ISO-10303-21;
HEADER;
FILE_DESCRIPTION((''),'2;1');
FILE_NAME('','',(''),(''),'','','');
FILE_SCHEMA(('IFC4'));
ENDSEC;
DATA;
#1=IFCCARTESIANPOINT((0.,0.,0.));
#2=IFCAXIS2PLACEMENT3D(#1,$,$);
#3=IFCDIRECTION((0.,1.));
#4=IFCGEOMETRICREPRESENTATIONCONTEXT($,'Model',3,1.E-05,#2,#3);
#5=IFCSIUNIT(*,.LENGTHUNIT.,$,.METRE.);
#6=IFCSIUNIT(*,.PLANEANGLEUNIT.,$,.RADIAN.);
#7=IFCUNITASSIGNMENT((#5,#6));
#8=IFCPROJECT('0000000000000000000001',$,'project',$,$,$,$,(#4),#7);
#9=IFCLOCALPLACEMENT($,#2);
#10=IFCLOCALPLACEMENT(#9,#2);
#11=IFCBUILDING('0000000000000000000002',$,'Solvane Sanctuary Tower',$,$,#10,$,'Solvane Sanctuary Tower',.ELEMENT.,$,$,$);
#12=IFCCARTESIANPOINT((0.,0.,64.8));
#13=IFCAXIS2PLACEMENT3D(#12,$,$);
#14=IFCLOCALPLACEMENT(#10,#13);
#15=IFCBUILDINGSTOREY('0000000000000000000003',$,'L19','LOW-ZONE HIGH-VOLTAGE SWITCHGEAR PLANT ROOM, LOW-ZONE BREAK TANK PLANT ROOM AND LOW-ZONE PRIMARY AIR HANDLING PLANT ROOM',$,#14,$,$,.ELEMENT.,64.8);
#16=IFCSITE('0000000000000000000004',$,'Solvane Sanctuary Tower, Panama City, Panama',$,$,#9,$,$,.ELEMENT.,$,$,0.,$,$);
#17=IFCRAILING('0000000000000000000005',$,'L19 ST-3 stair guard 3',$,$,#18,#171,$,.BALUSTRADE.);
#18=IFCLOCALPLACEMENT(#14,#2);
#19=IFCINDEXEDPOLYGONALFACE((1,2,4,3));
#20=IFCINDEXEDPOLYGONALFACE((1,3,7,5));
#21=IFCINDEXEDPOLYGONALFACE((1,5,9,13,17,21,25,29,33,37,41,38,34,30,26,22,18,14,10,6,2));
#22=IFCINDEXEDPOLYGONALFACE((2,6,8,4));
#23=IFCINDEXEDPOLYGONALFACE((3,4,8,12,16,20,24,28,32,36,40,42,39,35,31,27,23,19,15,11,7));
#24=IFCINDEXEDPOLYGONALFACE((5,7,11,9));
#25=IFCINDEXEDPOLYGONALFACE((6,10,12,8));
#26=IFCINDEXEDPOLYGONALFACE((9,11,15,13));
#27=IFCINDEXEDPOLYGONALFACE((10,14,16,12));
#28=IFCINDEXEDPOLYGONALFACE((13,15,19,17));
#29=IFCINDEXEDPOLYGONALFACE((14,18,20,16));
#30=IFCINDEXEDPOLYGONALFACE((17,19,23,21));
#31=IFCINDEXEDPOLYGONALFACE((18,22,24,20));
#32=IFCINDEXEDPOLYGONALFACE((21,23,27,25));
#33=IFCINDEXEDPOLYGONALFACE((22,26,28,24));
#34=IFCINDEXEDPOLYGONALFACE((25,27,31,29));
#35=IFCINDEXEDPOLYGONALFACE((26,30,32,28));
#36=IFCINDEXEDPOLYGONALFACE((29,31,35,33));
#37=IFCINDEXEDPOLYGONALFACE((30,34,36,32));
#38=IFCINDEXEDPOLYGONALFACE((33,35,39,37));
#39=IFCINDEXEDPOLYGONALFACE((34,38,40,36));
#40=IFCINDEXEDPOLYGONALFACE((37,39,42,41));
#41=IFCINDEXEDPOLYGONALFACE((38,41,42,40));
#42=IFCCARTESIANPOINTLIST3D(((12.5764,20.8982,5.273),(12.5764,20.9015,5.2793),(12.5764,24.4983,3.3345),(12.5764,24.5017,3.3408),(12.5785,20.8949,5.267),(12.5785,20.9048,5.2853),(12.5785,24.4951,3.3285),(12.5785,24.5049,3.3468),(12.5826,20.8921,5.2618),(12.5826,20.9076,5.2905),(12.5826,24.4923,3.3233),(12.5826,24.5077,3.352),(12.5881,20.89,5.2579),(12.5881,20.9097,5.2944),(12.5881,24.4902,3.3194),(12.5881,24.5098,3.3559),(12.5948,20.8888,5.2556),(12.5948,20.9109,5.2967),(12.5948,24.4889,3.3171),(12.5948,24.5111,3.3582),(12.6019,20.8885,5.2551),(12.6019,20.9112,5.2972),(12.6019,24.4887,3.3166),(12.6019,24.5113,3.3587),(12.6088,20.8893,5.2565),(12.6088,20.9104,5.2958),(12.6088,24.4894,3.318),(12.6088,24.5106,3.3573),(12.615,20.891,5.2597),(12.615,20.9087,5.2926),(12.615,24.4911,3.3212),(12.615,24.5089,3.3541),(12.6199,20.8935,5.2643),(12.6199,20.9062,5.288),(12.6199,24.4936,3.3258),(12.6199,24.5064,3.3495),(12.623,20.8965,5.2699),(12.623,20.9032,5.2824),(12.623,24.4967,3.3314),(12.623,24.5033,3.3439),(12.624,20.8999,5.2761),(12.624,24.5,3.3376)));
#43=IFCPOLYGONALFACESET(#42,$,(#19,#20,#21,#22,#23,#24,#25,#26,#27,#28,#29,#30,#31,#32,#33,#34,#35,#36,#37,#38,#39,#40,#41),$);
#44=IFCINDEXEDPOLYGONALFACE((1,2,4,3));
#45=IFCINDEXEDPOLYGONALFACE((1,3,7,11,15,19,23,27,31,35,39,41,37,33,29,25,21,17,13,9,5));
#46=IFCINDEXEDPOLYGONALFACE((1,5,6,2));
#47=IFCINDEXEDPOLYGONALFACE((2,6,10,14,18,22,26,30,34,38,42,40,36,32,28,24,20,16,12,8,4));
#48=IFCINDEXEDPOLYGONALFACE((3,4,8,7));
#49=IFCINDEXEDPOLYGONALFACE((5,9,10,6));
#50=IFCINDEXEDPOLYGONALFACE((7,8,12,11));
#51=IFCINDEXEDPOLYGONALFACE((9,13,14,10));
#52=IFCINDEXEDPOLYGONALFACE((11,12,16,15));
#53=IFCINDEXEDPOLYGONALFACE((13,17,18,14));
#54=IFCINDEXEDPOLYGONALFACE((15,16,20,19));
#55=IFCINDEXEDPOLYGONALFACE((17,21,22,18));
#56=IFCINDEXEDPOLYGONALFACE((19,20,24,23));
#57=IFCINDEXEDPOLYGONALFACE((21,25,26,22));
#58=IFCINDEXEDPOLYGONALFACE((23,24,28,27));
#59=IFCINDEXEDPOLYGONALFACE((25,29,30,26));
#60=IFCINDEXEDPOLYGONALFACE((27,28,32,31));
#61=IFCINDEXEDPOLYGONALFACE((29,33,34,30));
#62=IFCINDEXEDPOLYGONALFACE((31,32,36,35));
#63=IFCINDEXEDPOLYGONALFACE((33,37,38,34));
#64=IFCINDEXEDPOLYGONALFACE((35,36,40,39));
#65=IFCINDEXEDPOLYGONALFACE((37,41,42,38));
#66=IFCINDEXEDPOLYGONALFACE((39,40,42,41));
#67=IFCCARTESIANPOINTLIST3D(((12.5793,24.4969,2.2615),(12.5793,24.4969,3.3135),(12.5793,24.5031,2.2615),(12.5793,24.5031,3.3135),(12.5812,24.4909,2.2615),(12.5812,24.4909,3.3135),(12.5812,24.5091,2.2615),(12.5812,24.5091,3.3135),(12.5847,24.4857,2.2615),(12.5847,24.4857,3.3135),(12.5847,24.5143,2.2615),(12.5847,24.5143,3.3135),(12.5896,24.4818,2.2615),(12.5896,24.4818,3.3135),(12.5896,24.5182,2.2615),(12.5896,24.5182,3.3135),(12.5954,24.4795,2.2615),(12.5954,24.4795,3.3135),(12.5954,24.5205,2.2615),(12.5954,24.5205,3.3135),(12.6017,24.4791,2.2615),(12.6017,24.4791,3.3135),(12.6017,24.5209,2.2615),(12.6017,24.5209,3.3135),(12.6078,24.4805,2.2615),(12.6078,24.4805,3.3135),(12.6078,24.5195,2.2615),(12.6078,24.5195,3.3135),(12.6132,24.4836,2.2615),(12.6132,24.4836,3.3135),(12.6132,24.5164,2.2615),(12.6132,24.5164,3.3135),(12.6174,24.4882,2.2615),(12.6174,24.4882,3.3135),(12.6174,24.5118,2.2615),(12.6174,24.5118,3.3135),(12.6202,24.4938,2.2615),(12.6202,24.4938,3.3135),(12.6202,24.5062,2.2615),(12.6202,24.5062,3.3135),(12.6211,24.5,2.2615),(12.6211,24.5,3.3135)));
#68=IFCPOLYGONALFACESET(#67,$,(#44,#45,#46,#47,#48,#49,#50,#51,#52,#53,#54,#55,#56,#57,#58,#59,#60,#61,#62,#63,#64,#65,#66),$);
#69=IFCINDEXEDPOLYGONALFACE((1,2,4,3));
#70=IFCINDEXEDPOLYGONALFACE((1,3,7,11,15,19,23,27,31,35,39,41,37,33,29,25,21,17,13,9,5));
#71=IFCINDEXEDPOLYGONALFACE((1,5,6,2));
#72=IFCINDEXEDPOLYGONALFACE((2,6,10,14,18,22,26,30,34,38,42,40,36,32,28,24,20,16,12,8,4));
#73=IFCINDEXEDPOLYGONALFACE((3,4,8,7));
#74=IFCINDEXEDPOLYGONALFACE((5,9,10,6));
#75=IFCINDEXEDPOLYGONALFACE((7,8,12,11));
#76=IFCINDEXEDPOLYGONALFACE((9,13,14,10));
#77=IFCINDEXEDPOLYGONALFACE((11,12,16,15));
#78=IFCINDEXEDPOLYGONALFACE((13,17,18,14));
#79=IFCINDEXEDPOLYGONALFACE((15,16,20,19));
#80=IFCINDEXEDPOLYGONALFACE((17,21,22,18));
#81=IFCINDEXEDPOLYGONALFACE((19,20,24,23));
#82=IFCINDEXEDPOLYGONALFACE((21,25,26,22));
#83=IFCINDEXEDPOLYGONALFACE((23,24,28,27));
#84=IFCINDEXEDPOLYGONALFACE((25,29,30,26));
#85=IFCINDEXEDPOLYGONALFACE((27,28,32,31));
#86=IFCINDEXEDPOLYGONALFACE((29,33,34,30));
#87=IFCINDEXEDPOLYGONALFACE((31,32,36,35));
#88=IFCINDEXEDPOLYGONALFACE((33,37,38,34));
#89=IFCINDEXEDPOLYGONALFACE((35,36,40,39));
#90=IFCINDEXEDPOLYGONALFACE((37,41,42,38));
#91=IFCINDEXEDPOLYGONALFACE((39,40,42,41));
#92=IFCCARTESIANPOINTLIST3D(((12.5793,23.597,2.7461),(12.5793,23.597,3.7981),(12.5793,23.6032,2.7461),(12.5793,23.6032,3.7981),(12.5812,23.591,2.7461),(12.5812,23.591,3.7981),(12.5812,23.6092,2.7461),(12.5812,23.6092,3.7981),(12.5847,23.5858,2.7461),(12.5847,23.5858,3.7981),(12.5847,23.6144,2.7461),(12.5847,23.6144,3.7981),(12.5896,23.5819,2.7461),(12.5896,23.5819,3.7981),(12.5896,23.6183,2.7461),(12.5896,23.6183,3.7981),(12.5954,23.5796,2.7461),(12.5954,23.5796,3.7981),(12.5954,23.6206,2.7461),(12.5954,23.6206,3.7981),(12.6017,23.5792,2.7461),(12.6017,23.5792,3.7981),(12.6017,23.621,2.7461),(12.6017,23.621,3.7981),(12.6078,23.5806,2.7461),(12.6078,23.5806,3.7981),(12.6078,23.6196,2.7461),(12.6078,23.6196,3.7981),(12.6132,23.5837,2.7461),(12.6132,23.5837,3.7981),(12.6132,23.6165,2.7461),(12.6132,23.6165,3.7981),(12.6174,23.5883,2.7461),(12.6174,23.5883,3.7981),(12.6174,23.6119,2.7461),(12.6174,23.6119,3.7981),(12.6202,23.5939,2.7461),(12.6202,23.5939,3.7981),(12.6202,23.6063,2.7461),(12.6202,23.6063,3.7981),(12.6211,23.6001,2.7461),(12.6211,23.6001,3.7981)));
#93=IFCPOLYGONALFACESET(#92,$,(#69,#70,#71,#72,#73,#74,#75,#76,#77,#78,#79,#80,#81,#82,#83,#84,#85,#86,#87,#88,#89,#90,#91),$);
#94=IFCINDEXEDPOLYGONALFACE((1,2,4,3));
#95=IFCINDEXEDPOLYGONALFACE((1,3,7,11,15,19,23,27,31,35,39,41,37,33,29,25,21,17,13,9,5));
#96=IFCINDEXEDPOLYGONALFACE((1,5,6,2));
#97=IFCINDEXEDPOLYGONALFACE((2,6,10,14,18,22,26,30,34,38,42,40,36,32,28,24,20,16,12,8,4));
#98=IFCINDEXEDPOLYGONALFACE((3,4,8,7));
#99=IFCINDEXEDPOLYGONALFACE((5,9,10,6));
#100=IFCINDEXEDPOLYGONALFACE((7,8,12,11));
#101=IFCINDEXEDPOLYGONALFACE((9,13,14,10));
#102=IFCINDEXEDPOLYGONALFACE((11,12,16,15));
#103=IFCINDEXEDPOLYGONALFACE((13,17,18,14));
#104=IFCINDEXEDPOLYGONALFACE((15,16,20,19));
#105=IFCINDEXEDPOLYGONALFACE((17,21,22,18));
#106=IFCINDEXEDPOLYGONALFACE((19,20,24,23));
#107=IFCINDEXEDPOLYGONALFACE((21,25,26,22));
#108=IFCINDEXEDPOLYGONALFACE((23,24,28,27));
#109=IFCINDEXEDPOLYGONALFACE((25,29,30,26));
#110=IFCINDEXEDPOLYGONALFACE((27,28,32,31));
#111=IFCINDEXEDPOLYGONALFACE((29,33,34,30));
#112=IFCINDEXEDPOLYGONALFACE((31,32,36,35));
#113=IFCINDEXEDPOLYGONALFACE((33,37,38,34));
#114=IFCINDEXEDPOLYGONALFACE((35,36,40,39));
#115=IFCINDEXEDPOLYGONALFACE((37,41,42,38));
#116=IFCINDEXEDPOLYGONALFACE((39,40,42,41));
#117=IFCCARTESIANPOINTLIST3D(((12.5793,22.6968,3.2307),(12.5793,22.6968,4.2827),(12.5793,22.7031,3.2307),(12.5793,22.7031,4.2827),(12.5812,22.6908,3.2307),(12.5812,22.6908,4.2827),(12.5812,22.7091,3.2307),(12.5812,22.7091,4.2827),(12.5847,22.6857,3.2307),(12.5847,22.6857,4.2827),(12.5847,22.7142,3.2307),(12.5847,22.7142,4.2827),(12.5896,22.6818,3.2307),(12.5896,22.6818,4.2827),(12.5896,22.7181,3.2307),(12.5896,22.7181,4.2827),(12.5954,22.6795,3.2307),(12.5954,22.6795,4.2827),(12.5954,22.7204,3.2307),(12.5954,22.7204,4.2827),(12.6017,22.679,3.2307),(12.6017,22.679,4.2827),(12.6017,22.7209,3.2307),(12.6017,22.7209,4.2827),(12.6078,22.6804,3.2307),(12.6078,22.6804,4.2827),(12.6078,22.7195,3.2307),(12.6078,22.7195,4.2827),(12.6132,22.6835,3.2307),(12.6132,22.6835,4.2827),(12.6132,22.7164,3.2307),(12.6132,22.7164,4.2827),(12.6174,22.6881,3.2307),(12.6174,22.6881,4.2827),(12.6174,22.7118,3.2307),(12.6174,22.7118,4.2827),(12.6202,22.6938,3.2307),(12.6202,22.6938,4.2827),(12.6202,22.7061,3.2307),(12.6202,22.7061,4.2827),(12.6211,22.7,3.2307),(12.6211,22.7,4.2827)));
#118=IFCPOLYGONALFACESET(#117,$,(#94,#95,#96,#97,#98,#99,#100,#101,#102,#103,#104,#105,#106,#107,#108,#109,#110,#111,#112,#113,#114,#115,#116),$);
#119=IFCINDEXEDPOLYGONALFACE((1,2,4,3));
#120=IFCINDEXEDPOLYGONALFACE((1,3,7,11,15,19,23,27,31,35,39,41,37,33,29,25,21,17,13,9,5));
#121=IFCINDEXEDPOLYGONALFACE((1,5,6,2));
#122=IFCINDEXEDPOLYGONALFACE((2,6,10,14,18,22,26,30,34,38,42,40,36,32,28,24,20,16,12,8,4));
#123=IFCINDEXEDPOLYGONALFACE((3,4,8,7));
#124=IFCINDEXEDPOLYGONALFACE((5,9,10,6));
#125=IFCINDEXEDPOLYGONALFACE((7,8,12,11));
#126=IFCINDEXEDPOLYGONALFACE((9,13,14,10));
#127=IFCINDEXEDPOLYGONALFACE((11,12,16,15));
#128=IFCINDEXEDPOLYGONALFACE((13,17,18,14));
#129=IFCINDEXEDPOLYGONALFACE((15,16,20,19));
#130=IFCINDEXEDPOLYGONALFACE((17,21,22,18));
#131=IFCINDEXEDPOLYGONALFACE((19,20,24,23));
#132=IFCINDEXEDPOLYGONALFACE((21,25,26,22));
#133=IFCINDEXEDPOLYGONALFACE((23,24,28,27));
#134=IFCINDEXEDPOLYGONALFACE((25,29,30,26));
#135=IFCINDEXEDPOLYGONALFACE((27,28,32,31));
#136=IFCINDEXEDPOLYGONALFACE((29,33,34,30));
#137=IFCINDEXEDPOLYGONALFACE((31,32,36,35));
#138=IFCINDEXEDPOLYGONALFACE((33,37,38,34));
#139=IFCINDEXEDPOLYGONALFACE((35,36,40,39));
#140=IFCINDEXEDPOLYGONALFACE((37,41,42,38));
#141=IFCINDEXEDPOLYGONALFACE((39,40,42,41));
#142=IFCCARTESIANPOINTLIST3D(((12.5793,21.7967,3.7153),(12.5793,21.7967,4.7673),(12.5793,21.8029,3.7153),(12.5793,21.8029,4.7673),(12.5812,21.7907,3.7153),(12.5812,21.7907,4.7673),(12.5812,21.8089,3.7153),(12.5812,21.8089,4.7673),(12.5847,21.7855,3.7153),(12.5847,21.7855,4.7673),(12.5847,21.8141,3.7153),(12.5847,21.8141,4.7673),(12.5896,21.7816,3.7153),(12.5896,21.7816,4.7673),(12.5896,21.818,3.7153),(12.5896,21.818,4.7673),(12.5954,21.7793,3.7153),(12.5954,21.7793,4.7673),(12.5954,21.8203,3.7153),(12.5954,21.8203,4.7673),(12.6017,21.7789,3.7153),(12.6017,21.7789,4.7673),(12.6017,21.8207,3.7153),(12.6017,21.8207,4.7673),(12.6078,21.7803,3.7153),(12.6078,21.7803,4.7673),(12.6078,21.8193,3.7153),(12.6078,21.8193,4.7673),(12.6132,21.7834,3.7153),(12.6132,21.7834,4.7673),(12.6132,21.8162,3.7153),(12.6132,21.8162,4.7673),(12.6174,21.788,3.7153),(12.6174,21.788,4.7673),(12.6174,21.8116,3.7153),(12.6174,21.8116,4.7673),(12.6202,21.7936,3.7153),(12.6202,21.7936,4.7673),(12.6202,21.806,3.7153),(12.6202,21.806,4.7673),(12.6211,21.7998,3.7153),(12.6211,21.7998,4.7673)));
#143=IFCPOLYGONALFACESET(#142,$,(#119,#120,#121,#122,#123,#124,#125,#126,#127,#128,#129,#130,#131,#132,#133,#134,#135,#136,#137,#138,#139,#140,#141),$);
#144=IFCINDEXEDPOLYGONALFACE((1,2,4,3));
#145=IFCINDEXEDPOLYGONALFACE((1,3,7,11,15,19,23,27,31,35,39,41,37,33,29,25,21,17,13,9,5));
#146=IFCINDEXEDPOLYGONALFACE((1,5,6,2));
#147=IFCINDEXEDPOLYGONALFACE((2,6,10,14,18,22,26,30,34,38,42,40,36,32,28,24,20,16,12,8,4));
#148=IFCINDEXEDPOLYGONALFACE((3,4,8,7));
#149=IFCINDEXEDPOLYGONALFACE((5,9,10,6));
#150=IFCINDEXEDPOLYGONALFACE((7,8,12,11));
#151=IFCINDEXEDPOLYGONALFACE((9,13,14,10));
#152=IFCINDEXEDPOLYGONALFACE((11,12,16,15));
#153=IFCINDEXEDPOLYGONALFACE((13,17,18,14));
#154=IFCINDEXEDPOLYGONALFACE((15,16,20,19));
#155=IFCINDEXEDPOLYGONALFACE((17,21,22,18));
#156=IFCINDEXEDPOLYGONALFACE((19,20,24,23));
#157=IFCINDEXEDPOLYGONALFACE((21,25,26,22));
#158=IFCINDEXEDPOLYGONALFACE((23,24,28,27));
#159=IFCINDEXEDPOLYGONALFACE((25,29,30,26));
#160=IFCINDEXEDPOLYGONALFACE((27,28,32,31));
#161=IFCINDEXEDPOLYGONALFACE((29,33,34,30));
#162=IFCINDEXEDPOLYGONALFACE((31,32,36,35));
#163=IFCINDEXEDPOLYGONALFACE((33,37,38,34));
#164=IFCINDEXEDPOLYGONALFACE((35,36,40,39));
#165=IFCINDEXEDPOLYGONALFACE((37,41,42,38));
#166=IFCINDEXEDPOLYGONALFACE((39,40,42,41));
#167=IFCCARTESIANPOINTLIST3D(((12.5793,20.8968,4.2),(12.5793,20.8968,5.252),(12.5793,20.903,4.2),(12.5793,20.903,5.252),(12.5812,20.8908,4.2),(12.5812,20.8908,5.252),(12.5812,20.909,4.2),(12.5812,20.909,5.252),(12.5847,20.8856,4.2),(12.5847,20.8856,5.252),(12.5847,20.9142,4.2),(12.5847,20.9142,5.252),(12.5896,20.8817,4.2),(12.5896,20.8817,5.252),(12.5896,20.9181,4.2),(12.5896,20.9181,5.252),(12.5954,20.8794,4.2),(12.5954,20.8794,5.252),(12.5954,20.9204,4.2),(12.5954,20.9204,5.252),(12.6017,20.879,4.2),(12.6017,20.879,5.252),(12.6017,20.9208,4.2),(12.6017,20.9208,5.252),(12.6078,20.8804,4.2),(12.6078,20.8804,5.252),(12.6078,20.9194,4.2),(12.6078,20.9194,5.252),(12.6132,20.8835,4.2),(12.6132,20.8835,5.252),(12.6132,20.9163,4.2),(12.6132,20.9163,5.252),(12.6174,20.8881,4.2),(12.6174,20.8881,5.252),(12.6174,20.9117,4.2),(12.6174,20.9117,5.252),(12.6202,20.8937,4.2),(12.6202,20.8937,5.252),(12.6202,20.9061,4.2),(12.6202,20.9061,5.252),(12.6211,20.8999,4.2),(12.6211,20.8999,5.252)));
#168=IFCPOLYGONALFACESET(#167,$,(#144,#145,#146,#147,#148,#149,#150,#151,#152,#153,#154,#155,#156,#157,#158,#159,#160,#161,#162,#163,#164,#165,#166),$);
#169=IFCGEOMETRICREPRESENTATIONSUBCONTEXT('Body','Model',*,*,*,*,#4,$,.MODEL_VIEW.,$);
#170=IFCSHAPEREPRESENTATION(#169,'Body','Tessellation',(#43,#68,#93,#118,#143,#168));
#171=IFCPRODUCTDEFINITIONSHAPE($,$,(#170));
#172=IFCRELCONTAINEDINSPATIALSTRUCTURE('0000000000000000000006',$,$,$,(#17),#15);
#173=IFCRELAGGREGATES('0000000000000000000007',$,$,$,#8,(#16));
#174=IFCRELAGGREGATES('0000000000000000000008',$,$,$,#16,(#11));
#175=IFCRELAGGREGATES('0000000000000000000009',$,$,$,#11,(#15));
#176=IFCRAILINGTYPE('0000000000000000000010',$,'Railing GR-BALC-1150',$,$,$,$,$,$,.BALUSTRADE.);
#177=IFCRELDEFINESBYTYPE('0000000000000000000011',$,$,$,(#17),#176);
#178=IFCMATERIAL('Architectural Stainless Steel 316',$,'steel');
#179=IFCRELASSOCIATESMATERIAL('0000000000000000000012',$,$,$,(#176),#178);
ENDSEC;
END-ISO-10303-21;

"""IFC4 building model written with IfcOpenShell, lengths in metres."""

from ifc_helpers import new_model, si_unit, direction, frame, origin, origin_2d, place, context, subcontext, project, spatial, circle, extrude, material, type_object, element, save


model = new_model("IFC4")

# Units and contexts
model_context = context("Model", 3, precision=1e-05, world=origin(), true_north=direction((0.0, 1.0)))
body_context = subcontext(model_context, "Body", "Model", "MODEL_VIEW")
ifc_project = project(units=[si_unit("LENGTHUNIT", "METRE"), si_unit("PLANEANGLEUNIT", "RADIAN")], contexts=[model_context])

# Site, building, storey
site_placement = place(None, origin())
site = spatial("IfcSite", under=ifc_project, at=site_placement, Name="Solvane Sanctuary Tower, Panama City, Panama", CompositionType="ELEMENT", RefElevation=0.0)
building_placement = place(site_placement, origin())
building = spatial("IfcBuilding", under=site, at=building_placement, Name="Solvane Sanctuary Tower", LongName="Solvane Sanctuary Tower", CompositionType="ELEMENT")
storey_placement = place(building_placement, frame((0.0, 0.0, 64.8)))
storey = spatial("IfcBuildingStorey", under=building, at=storey_placement, Name="L19", Description="LOW-ZONE HIGH-VOLTAGE SWITCHGEAR PLANT ROOM, LOW-ZONE BREAK TANK PLANT ROOM AND LOW-ZONE PRIMARY AIR HANDLING PLANT ROOM", CompositionType="ELEMENT", Elevation=64.8)

# Shared definitions
ifc_material_1 = material(Name="Architectural Stainless Steel 316", Category="steel")

# Railing
railing_type_1 = type_object("IfcRailingType", Name="Railing GR-BALC-1150", PredefinedType="BALUSTRADE", material=ifc_material_1)
railing_1_placement = place(storey_placement, frame((12.6001, 24.5, 2.2615)))
element("IfcRailing", 1, at=railing_1_placement, inside=storey, type_object=railing_type_1, Name="L19 ST-3 stair guard 3", PredefinedType="BALUSTRADE", context=body_context, shape_type="SweptSolid", body=[
    extrude(circle(Radius=0.0239, at=origin_2d()), frame((0.0, 0.0, 1.0762), z_axis=(0.0, -0.880475, 0.474093), x_axis=(1.0, 0.0, 0.0)), (0.0, 0.0, 1.0), 4.0889),
    extrude(circle(Radius=0.021, at=origin_2d()), origin(), (0.0, 0.0, 1.0), 1.052),
    extrude(circle(Radius=0.021, at=origin_2d()), frame((0.0, -0.8999, 0.4846)), (0.0, 0.0, 1.0), 1.052),
    extrude(circle(Radius=0.021, at=origin_2d()), frame((0.0, -1.8, 0.9692)), (0.0, 0.0, 1.0), 1.052),
    extrude(circle(Radius=0.021, at=origin_2d()), frame((0.0, -2.7002, 1.4539)), (0.0, 0.0, 1.0), 1.052),
    extrude(circle(Radius=0.021, at=origin_2d()), frame((0.0, -3.6001, 1.9385)), (0.0, 0.0, 1.0), 1.052),
])

save(model, "model.ifc")
